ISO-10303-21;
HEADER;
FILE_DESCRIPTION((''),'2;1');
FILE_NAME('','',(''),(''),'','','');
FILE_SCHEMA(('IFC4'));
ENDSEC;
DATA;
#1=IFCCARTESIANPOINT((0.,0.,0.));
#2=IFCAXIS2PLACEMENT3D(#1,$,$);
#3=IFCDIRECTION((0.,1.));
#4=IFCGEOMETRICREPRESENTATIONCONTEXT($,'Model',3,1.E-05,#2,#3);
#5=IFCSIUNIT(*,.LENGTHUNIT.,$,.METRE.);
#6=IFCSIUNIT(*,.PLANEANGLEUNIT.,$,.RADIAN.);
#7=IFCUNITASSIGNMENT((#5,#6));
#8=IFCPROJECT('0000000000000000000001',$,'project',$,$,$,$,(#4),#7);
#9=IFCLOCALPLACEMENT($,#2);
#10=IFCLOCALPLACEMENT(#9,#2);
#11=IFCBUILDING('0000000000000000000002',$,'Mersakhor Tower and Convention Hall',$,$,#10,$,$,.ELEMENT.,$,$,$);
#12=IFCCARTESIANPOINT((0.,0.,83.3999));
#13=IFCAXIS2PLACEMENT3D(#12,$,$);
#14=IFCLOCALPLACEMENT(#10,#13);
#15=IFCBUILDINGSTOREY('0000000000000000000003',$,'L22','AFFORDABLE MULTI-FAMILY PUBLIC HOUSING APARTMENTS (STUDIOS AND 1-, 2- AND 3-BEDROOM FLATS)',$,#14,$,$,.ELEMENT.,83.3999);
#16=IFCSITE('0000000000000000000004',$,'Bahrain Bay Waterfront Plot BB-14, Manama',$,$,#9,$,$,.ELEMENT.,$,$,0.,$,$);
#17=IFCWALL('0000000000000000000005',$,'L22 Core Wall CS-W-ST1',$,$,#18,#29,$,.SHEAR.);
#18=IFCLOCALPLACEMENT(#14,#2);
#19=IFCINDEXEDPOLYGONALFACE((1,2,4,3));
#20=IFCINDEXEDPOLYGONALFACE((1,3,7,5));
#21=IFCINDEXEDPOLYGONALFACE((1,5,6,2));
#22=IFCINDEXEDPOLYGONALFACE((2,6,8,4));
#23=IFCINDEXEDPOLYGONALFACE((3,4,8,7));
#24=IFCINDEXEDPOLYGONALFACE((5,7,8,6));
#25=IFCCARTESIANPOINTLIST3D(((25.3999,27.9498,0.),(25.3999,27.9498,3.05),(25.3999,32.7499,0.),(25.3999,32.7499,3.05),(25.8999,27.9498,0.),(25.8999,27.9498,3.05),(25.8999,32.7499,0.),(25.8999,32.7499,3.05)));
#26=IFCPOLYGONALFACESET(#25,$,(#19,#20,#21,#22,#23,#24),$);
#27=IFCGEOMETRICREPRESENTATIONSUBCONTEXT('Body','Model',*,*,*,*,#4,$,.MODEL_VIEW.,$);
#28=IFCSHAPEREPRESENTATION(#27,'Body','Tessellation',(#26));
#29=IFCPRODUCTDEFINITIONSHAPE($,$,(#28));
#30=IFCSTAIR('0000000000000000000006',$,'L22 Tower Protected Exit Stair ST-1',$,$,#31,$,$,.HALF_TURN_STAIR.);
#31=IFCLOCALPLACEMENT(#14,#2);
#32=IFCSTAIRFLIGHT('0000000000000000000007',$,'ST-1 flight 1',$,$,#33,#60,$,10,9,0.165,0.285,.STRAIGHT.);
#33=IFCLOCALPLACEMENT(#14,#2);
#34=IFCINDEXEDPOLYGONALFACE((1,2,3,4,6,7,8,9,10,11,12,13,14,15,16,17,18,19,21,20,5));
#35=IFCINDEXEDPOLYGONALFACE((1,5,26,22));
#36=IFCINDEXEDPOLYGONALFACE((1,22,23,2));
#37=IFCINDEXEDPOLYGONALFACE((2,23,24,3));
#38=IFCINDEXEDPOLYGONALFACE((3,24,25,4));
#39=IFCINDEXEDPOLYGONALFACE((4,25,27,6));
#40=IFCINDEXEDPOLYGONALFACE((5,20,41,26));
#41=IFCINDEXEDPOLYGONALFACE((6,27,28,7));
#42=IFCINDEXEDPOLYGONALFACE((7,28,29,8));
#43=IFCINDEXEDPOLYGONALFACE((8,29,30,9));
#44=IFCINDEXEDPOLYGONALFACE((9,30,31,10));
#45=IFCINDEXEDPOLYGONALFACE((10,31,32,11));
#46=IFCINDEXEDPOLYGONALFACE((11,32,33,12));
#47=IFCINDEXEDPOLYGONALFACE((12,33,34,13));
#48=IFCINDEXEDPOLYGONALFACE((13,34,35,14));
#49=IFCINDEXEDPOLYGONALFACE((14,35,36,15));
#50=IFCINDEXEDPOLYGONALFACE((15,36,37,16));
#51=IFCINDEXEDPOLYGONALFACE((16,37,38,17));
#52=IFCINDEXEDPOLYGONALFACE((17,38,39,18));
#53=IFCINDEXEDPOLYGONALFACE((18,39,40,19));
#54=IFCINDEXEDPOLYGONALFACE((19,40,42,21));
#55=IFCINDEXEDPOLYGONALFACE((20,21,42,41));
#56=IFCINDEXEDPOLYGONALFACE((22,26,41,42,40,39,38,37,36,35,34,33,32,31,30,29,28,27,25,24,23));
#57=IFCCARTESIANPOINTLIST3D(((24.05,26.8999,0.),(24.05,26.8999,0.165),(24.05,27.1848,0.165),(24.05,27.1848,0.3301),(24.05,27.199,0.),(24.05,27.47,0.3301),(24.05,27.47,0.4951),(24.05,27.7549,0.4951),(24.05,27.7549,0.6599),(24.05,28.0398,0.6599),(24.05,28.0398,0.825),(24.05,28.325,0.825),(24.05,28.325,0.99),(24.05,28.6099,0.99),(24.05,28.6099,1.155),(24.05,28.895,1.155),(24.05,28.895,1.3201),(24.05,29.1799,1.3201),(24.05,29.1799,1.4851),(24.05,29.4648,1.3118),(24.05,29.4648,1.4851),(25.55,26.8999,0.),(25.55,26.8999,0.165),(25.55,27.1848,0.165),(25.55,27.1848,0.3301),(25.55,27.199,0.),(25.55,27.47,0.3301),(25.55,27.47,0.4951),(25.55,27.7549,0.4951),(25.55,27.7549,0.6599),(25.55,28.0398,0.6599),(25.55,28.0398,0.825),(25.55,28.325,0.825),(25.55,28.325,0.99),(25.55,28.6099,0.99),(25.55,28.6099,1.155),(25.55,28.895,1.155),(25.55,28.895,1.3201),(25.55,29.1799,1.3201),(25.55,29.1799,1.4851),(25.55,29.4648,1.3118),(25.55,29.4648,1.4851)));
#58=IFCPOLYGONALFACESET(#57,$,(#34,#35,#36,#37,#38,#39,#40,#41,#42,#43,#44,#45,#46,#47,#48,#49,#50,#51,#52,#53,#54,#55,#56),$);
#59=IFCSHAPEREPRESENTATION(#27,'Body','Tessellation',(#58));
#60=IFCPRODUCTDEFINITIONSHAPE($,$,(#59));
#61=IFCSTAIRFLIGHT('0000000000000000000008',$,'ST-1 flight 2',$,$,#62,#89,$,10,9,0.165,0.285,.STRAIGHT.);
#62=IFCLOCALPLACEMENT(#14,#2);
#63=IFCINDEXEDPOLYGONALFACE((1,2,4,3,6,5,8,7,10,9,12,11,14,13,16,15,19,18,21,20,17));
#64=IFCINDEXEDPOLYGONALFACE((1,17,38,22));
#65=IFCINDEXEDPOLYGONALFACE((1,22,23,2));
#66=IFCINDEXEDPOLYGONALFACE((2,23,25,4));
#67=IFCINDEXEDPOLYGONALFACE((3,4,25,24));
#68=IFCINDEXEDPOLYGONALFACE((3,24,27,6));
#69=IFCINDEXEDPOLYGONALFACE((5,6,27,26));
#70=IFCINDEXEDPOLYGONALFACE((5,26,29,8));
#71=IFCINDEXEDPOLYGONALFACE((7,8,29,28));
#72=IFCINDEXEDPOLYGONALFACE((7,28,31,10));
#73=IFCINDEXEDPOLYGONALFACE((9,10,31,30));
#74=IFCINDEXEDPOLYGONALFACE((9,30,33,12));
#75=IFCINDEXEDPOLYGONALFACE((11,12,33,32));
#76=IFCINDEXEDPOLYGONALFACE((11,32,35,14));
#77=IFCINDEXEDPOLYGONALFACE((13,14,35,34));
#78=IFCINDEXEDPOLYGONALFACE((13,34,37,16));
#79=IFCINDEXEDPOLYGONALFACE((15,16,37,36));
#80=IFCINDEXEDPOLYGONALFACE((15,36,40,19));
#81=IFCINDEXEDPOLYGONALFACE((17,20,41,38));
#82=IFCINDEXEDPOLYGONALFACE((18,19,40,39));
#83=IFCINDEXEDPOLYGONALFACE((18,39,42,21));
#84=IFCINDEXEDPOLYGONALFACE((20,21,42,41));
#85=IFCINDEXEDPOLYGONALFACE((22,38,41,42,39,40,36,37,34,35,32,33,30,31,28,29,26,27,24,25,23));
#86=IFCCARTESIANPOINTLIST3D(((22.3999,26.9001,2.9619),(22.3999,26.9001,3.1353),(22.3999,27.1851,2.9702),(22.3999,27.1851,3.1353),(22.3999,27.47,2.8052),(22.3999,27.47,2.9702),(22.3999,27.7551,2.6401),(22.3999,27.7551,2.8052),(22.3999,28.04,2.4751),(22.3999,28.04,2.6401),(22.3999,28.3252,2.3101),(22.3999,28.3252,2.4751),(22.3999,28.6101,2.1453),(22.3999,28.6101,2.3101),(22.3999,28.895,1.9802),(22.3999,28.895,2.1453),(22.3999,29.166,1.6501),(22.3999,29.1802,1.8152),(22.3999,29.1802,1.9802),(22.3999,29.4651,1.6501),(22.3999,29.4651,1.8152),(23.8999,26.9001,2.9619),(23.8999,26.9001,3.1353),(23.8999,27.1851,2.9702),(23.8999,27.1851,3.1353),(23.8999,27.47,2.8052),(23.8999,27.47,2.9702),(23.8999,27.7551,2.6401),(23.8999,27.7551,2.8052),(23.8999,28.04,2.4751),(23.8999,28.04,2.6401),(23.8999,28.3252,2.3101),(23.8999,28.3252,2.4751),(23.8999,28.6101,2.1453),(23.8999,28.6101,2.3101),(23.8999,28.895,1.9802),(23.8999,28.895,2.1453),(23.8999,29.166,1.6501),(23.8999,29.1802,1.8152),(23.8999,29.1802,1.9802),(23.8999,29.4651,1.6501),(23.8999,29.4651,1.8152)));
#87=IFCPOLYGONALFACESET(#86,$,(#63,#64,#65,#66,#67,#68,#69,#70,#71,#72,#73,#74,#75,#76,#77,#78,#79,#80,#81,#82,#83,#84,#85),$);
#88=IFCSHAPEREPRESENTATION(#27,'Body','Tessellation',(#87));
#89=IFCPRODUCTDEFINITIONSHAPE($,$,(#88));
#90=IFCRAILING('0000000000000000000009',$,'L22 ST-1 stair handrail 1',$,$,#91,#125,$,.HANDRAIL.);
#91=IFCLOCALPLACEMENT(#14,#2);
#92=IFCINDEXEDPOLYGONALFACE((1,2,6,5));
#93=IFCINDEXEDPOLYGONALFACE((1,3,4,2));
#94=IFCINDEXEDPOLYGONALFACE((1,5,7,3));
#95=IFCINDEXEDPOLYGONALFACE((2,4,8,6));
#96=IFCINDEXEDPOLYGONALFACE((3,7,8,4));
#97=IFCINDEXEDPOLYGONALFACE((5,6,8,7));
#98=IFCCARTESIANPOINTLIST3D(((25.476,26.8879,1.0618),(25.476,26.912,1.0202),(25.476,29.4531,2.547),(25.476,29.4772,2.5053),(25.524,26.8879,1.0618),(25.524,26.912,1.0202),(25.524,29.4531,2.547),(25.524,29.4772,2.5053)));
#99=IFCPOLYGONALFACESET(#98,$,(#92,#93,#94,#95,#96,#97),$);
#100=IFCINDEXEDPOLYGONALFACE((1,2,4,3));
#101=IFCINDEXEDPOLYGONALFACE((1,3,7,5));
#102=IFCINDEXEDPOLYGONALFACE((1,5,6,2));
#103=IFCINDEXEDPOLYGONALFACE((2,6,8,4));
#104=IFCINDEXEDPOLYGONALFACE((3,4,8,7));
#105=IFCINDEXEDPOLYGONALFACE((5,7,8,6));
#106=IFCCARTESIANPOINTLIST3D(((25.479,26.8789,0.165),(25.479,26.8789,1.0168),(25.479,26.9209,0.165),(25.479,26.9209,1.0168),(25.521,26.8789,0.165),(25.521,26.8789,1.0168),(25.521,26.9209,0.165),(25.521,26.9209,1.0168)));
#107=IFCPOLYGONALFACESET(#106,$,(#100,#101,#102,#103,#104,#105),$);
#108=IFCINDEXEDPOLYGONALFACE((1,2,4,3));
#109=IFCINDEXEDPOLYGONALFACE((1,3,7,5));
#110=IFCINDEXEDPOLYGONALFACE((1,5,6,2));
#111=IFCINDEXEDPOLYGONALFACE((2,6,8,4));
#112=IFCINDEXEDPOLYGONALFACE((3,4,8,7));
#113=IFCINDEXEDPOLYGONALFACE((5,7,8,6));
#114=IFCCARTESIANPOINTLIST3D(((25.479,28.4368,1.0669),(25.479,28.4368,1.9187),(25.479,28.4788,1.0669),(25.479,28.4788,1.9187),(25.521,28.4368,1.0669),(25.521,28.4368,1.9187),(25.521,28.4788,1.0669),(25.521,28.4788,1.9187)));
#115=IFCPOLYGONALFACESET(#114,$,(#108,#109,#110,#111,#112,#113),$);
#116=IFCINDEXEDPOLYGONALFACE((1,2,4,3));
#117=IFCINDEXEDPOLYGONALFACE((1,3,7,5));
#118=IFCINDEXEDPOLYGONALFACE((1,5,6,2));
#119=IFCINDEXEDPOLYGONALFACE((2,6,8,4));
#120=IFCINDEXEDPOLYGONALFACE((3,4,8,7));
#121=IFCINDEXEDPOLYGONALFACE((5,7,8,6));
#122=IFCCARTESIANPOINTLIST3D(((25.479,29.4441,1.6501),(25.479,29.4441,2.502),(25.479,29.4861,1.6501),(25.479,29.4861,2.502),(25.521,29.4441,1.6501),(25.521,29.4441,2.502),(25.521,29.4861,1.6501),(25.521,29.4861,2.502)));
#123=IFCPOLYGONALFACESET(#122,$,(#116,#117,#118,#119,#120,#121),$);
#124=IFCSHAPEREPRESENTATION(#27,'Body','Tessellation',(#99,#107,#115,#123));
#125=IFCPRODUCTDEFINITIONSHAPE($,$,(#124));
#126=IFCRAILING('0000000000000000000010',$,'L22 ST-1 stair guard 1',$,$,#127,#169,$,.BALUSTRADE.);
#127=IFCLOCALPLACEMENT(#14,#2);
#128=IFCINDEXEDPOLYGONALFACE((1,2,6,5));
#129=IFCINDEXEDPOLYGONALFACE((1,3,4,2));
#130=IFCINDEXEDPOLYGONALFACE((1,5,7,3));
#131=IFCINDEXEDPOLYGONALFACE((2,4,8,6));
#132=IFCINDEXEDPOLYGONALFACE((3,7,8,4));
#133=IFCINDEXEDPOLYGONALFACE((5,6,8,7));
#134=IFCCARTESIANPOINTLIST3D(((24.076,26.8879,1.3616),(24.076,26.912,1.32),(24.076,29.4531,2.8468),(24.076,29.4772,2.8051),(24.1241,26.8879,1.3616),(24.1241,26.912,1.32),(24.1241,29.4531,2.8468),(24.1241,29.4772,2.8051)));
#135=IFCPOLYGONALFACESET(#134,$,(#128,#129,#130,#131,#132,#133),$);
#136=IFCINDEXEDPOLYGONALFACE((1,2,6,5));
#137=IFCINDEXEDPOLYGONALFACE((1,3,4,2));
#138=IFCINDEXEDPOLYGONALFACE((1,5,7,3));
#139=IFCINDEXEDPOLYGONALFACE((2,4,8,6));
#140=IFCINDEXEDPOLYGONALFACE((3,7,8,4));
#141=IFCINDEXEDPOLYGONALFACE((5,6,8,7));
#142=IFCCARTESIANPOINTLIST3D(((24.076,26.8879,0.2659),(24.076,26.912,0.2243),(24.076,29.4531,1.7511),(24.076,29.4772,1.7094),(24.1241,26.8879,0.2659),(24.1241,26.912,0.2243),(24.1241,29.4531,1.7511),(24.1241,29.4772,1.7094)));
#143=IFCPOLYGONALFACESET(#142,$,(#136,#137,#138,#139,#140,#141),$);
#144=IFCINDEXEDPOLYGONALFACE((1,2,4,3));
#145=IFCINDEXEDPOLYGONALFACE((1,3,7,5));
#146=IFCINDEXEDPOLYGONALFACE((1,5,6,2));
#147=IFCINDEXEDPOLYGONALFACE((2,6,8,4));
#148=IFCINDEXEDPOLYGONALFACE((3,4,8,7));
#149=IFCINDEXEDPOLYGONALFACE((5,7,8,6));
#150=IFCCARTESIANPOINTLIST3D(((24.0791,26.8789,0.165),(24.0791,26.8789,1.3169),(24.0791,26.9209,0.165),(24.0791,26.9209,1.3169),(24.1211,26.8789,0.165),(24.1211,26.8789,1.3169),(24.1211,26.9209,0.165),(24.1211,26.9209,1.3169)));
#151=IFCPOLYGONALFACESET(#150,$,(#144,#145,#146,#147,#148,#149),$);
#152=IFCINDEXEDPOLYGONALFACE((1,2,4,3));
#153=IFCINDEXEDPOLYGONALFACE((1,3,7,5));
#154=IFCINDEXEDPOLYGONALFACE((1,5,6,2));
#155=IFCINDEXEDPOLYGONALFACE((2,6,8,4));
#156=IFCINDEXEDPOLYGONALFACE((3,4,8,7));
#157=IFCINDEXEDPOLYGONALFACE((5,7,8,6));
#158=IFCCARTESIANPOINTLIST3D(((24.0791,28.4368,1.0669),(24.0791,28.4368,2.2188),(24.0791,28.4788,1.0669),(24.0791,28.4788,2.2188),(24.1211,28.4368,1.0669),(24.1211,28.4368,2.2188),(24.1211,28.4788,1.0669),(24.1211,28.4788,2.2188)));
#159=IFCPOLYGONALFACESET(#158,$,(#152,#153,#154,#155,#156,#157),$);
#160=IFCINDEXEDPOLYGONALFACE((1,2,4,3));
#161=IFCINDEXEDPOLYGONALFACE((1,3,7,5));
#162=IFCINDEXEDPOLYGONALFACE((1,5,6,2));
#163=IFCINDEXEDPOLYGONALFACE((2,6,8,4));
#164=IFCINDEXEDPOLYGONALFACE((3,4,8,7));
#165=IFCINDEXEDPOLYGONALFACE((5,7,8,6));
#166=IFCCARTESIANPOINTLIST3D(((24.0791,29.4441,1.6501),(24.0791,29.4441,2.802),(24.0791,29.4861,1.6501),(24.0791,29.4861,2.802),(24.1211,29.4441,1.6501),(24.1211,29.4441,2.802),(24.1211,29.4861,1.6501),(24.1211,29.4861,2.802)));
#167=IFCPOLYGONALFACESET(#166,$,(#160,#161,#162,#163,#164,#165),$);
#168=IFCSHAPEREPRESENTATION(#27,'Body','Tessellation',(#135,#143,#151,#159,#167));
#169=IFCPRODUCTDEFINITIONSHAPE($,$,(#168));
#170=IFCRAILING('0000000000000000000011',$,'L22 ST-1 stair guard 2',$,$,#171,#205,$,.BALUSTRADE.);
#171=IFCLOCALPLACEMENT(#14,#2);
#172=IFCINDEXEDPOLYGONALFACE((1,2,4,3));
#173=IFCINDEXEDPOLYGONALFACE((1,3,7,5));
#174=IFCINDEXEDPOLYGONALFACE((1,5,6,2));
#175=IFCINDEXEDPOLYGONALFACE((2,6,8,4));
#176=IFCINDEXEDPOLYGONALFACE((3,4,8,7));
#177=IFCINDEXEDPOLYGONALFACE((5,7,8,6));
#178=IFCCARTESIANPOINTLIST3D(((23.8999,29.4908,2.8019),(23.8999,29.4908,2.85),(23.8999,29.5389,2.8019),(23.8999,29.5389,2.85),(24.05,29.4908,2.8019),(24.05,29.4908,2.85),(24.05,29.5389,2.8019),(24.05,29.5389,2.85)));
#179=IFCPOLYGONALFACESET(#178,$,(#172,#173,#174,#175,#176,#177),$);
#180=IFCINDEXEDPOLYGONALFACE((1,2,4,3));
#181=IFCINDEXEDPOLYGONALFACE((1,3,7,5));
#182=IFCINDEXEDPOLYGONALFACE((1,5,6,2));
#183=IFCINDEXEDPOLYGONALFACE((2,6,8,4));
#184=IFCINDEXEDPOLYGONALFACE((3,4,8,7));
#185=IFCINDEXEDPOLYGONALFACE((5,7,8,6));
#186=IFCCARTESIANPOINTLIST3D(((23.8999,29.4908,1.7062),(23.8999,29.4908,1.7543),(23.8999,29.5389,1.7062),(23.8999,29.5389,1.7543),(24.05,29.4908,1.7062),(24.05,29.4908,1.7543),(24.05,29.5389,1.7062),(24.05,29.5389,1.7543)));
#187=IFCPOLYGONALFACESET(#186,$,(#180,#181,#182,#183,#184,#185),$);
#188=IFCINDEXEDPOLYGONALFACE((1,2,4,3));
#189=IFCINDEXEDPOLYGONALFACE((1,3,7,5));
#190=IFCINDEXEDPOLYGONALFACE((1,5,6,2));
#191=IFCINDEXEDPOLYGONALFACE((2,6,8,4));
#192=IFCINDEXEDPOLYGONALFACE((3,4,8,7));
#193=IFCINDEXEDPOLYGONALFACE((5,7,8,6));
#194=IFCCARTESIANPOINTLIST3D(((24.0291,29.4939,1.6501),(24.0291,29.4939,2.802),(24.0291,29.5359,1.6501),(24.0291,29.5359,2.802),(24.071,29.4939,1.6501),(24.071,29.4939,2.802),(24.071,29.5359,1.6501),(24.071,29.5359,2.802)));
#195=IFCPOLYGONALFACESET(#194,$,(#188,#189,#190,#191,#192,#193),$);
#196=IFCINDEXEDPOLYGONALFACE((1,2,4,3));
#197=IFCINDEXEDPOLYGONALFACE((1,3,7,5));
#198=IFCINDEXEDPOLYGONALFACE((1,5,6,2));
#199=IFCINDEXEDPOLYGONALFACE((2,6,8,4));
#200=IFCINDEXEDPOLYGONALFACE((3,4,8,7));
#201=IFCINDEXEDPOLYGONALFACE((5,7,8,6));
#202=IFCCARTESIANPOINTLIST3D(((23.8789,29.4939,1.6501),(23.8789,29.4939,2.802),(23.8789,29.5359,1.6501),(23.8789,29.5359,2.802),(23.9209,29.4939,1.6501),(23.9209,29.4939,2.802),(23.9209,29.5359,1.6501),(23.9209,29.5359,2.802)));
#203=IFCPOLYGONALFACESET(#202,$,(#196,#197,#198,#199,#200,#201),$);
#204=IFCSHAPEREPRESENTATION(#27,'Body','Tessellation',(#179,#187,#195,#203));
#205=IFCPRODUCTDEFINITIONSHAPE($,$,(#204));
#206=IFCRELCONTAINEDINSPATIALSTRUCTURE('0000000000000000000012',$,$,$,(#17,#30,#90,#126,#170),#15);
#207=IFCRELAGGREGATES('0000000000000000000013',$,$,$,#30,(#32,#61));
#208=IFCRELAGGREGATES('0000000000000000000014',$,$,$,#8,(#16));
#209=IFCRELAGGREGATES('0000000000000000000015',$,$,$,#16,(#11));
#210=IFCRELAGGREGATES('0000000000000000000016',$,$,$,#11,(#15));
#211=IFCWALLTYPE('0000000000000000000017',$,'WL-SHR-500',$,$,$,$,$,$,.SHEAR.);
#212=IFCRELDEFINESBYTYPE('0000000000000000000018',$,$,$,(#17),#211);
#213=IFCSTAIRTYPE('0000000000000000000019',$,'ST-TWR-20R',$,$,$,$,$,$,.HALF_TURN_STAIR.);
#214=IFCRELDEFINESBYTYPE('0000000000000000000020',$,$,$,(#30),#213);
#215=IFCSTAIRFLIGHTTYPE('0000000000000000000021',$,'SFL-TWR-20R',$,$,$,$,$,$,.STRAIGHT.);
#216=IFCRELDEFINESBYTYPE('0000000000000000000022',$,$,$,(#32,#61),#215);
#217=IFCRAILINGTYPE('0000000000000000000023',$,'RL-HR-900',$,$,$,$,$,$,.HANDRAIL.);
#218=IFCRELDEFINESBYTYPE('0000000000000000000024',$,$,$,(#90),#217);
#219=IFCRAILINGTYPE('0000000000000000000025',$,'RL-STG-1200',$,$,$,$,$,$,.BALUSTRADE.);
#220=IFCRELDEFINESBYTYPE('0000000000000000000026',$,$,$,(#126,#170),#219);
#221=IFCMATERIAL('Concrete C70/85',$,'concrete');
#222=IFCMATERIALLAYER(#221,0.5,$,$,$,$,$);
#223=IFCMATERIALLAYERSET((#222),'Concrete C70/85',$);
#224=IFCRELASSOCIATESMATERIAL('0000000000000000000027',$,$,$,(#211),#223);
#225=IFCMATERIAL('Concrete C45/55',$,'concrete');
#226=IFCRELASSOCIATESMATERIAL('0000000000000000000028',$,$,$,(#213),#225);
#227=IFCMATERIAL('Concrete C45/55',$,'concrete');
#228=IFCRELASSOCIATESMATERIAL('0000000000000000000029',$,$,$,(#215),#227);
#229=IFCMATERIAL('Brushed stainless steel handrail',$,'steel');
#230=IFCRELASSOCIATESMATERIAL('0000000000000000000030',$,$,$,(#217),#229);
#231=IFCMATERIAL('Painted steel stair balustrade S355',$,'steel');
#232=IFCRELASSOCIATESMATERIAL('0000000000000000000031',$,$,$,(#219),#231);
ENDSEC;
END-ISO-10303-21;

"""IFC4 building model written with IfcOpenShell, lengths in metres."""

from ifc_helpers import new_model, si_unit, direction, frame, frame_2d, origin, origin_2d, place, context, subcontext, project, spatial, polyline, rectangle, outline, extrude, material, layer, layer_set, type_object, element, aggregate, save


model = new_model("IFC4")

# Units and contexts
model_context = context("Model", 3, precision=1e-05, world=origin(), true_north=direction((0.0, 1.0)))
body_context = subcontext(model_context, "Body", "Model", "MODEL_VIEW")
ifc_project = project(units=[si_unit("LENGTHUNIT", "METRE"), si_unit("PLANEANGLEUNIT", "RADIAN")], contexts=[model_context])

# Site, building, storey
site_placement = place(None, origin())
site = spatial("IfcSite", under=ifc_project, at=site_placement, Name="Bahrain Bay Waterfront Plot BB-14, Manama", CompositionType="ELEMENT", RefElevation=0.0)
building_placement = place(site_placement, origin())
building = spatial("IfcBuilding", under=site, at=building_placement, Name="Mersakhor Tower and Convention Hall", CompositionType="ELEMENT")
storey_placement = place(building_placement, frame((0.0, 0.0, 83.3999)))
storey = spatial("IfcBuildingStorey", under=building, at=storey_placement, Name="L22", Description="AFFORDABLE MULTI-FAMILY PUBLIC HOUSING APARTMENTS (STUDIOS AND 1-, 2- AND 3-BEDROOM FLATS)", CompositionType="ELEMENT", Elevation=83.3999)

# Shared definitions
ifc_material_1 = material(Name="Concrete C70/85", Category="concrete")
ifc_layer_1 = layer(ifc_material_1, 0.5)
ifc_layer_set_1 = layer_set([ifc_layer_1], Name="Concrete C70/85")
wall_type_1 = type_object("IfcWallType", Name="WL-SHR-500", PredefinedType="SHEAR", material=ifc_layer_set_1)

# Wall
wall_1_placement = place(storey_placement, frame((25.6499, 27.95, 0.0), z_axis=(0.0, 0.0, 1.0), x_axis=(0.0, 1.0, 0.0)))
element("IfcWall", 1, at=wall_1_placement, inside=storey, type_object=wall_type_1, Name="L22 Core Wall CS-W-ST1", PredefinedType="SHEAR", context=body_context, shape_type="SweptSolid", body=[
    extrude(rectangle(XDim=4.8, YDim=0.5, at=frame_2d((2.3999, 0.0))), origin(), (0.0, 0.0, 1.0), 3.05),
])

# Stair, stair flights
ifc_material_2 = material(Name="Concrete C45/55", Category="concrete")
stair_type = type_object("IfcStairType", Name="ST-TWR-20R", PredefinedType="HALF_TURN_STAIR", material=ifc_material_2)
stair_placement = place(storey_placement, origin())
stair = element("IfcStair", 2, at=stair_placement, inside=storey, type_object=stair_type, Name="L22 Tower Protected Exit Stair ST-1", PredefinedType="HALF_TURN_STAIR")
ifc_material_3 = material(Name="Concrete C45/55", Category="concrete")
stair_flight_type = type_object("IfcStairFlightType", Name="SFL-TWR-20R", PredefinedType="STRAIGHT", material=ifc_material_3)
stair_flight_1_placement = place(storey_placement, frame((24.8, 26.8999, 0.0), z_axis=(0.0, 0.0, 1.0), x_axis=(0.0, 1.0, 0.0)))
stair_flight_1 = element("IfcStairFlight", 3, at=stair_flight_1_placement, type_object=stair_flight_type, Name="ST-1 flight 1", NumberOfRisers=10, NumberOfTreads=9, PredefinedType="STRAIGHT", RiserHeight=0.165, TreadLength=0.285, context=body_context, shape_type="SweptSolid", body=[
    extrude(outline(polyline([(0.0, 0.0), (0.0, 0.165), (0.2849, 0.165), (0.2849, 0.3301), (0.5701, 0.3301), (0.5701, 0.4951), (0.855, 0.4951), (0.855, 0.6599), (1.1399, 0.6599), (1.1399, 0.825), (1.425, 0.825), (1.425, 0.99), (1.71, 0.99), (1.71, 1.155), (1.9951, 1.155), (1.9951, 1.3201), (2.28, 1.3201), (2.28, 1.4851), (2.5649, 1.4851), (2.5649, 1.6499), (2.5649, 1.3118), (0.2991, 0.0), (0.0, 0.0)])), frame((0.0, 0.75, 0.0), z_axis=(0.0, -1.0, 0.0), x_axis=(1.0, 0.0, 0.0)), (0.0, 0.0, 1.0), 1.5),
])
stair_flight_2_placement = place(storey_placement, frame((23.1499, 29.4651, 1.6501), z_axis=(0.0, 0.0, 1.0), x_axis=(0.0, -1.0, 0.0)))
stair_flight_2 = element("IfcStairFlight", 4, at=stair_flight_2_placement, type_object=stair_flight_type, Name="ST-1 flight 2", NumberOfRisers=10, NumberOfTreads=9, PredefinedType="STRAIGHT", RiserHeight=0.165, TreadLength=0.285, context=body_context, shape_type="SweptSolid", body=[
    extrude(outline(polyline([(0.0, 0.0), (0.0, 0.165), (0.2849, 0.165), (0.2849, 0.3301), (0.5701, 0.3301), (0.5701, 0.4951), (0.855, 0.4951), (0.855, 0.6599), (1.1399, 0.6599), (1.1399, 0.825), (1.425, 0.825), (1.425, 0.99), (1.71, 0.99), (1.71, 1.155), (1.9951, 1.155), (1.9951, 1.3201), (2.28, 1.3201), (2.28, 1.4851), (2.5649, 1.4851), (2.5649, 1.6499), (2.5649, 1.3118), (0.2991, 0.0), (0.0, 0.0)])), frame((0.0, 0.75, 0.0), z_axis=(0.0, -1.0, 0.0), x_axis=(1.0, 0.0, 0.0)), (0.0, 0.0, 1.0), 1.5),
])
aggregate(stair, [stair_flight_1, stair_flight_2])

# Railings
ifc_material_4 = material(Name="Brushed stainless steel handrail", Category="steel")
railing_type_1 = type_object("IfcRailingType", Name="RL-HR-900", PredefinedType="HANDRAIL", material=ifc_material_4)
railing_1_placement = place(storey_placement, frame((25.5, 26.8999, 0.165)))
element("IfcRailing", 5, at=railing_1_placement, inside=storey, type_object=railing_type_1, Name="L22 ST-1 stair handrail 1", PredefinedType="HANDRAIL", context=body_context, shape_type="SweptSolid", body=[
    extrude(rectangle(XDim=0.0481, YDim=0.0481, at=origin_2d()), frame((0.0, 0.0, 0.876), z_axis=(0.0, 0.865426, 0.501036), x_axis=(-1.0, 0.0, 0.0)), (0.0, 0.0, 1.0), 2.9641),
    extrude(rectangle(XDim=0.042, YDim=0.042, at=origin_2d()), origin(), (0.0, 0.0, 1.0), 0.8518),
    extrude(rectangle(XDim=0.042, YDim=0.042, at=origin_2d()), frame((0.0, 1.5579, 0.9019)), (0.0, 0.0, 1.0), 0.8518),
    extrude(rectangle(XDim=0.042, YDim=0.042, at=origin_2d()), frame((0.0, 2.5652, 1.4851)), (0.0, 0.0, 1.0), 0.8518),
])
ifc_material_5 = material(Name="Painted steel stair balustrade S355", Category="steel")
railing_type_2 = type_object("IfcRailingType", Name="RL-STG-1200", PredefinedType="BALUSTRADE", material=ifc_material_5)
railing_2_placement = place(storey_placement, frame((24.1001, 26.8999, 0.165)))
element("IfcRailing", 6, at=railing_2_placement, inside=storey, type_object=railing_type_2, Name="L22 ST-1 stair guard 1", PredefinedType="BALUSTRADE", context=body_context, shape_type="SweptSolid", body=[
    extrude(rectangle(XDim=0.0481, YDim=0.0481, at=origin_2d()), frame((0.0, 0.0, 1.1758), z_axis=(0.0, 0.865426, 0.501036), x_axis=(-1.0, 0.0, 0.0)), (0.0, 0.0, 1.0), 2.9641),
    extrude(rectangle(XDim=0.0481, YDim=0.0481, at=origin_2d()), frame((0.0, 0.0, 0.0801), z_axis=(0.0, 0.865426, 0.501036), x_axis=(-1.0, 0.0, 0.0)), (0.0, 0.0, 1.0), 2.9641),
    extrude(rectangle(XDim=0.042, YDim=0.042, at=origin_2d()), origin(), (0.0, 0.0, 1.0), 1.1519),
    extrude(rectangle(XDim=0.042, YDim=0.042, at=origin_2d()), frame((0.0, 1.5579, 0.9019)), (0.0, 0.0, 1.0), 1.1519),
    extrude(rectangle(XDim=0.042, YDim=0.042, at=origin_2d()), frame((0.0, 2.5652, 1.4851)), (0.0, 0.0, 1.0), 1.1519),
])
railing_3_placement = place(storey_placement, frame((24.05, 29.5149, 1.6501)))
element("IfcRailing", 7, at=railing_3_placement, inside=storey, type_object=railing_type_2, Name="L22 ST-1 stair guard 2", PredefinedType="BALUSTRADE", context=body_context, shape_type="SweptSolid", body=[
    extrude(rectangle(XDim=0.0481, YDim=0.0481, at=origin_2d()), frame((0.0, 0.0, 1.1758), z_axis=(-1.0, 0.0, 0.0), x_axis=(0.0, -1.0, 0.0)), (0.0, 0.0, 1.0), 0.1501),
    extrude(rectangle(XDim=0.0481, YDim=0.0481, at=origin_2d()), frame((0.0, 0.0, 0.0801), z_axis=(-1.0, 0.0, 0.0), x_axis=(0.0, -1.0, 0.0)), (0.0, 0.0, 1.0), 0.1501),
    extrude(rectangle(XDim=0.042, YDim=0.042, at=origin_2d()), origin(), (0.0, 0.0, 1.0), 1.1519),
    extrude(rectangle(XDim=0.042, YDim=0.042, at=origin_2d()), frame((-0.1501, 0.0, 0.0)), (0.0, 0.0, 1.0), 1.1519),
])

save(model, "model.ifc")
